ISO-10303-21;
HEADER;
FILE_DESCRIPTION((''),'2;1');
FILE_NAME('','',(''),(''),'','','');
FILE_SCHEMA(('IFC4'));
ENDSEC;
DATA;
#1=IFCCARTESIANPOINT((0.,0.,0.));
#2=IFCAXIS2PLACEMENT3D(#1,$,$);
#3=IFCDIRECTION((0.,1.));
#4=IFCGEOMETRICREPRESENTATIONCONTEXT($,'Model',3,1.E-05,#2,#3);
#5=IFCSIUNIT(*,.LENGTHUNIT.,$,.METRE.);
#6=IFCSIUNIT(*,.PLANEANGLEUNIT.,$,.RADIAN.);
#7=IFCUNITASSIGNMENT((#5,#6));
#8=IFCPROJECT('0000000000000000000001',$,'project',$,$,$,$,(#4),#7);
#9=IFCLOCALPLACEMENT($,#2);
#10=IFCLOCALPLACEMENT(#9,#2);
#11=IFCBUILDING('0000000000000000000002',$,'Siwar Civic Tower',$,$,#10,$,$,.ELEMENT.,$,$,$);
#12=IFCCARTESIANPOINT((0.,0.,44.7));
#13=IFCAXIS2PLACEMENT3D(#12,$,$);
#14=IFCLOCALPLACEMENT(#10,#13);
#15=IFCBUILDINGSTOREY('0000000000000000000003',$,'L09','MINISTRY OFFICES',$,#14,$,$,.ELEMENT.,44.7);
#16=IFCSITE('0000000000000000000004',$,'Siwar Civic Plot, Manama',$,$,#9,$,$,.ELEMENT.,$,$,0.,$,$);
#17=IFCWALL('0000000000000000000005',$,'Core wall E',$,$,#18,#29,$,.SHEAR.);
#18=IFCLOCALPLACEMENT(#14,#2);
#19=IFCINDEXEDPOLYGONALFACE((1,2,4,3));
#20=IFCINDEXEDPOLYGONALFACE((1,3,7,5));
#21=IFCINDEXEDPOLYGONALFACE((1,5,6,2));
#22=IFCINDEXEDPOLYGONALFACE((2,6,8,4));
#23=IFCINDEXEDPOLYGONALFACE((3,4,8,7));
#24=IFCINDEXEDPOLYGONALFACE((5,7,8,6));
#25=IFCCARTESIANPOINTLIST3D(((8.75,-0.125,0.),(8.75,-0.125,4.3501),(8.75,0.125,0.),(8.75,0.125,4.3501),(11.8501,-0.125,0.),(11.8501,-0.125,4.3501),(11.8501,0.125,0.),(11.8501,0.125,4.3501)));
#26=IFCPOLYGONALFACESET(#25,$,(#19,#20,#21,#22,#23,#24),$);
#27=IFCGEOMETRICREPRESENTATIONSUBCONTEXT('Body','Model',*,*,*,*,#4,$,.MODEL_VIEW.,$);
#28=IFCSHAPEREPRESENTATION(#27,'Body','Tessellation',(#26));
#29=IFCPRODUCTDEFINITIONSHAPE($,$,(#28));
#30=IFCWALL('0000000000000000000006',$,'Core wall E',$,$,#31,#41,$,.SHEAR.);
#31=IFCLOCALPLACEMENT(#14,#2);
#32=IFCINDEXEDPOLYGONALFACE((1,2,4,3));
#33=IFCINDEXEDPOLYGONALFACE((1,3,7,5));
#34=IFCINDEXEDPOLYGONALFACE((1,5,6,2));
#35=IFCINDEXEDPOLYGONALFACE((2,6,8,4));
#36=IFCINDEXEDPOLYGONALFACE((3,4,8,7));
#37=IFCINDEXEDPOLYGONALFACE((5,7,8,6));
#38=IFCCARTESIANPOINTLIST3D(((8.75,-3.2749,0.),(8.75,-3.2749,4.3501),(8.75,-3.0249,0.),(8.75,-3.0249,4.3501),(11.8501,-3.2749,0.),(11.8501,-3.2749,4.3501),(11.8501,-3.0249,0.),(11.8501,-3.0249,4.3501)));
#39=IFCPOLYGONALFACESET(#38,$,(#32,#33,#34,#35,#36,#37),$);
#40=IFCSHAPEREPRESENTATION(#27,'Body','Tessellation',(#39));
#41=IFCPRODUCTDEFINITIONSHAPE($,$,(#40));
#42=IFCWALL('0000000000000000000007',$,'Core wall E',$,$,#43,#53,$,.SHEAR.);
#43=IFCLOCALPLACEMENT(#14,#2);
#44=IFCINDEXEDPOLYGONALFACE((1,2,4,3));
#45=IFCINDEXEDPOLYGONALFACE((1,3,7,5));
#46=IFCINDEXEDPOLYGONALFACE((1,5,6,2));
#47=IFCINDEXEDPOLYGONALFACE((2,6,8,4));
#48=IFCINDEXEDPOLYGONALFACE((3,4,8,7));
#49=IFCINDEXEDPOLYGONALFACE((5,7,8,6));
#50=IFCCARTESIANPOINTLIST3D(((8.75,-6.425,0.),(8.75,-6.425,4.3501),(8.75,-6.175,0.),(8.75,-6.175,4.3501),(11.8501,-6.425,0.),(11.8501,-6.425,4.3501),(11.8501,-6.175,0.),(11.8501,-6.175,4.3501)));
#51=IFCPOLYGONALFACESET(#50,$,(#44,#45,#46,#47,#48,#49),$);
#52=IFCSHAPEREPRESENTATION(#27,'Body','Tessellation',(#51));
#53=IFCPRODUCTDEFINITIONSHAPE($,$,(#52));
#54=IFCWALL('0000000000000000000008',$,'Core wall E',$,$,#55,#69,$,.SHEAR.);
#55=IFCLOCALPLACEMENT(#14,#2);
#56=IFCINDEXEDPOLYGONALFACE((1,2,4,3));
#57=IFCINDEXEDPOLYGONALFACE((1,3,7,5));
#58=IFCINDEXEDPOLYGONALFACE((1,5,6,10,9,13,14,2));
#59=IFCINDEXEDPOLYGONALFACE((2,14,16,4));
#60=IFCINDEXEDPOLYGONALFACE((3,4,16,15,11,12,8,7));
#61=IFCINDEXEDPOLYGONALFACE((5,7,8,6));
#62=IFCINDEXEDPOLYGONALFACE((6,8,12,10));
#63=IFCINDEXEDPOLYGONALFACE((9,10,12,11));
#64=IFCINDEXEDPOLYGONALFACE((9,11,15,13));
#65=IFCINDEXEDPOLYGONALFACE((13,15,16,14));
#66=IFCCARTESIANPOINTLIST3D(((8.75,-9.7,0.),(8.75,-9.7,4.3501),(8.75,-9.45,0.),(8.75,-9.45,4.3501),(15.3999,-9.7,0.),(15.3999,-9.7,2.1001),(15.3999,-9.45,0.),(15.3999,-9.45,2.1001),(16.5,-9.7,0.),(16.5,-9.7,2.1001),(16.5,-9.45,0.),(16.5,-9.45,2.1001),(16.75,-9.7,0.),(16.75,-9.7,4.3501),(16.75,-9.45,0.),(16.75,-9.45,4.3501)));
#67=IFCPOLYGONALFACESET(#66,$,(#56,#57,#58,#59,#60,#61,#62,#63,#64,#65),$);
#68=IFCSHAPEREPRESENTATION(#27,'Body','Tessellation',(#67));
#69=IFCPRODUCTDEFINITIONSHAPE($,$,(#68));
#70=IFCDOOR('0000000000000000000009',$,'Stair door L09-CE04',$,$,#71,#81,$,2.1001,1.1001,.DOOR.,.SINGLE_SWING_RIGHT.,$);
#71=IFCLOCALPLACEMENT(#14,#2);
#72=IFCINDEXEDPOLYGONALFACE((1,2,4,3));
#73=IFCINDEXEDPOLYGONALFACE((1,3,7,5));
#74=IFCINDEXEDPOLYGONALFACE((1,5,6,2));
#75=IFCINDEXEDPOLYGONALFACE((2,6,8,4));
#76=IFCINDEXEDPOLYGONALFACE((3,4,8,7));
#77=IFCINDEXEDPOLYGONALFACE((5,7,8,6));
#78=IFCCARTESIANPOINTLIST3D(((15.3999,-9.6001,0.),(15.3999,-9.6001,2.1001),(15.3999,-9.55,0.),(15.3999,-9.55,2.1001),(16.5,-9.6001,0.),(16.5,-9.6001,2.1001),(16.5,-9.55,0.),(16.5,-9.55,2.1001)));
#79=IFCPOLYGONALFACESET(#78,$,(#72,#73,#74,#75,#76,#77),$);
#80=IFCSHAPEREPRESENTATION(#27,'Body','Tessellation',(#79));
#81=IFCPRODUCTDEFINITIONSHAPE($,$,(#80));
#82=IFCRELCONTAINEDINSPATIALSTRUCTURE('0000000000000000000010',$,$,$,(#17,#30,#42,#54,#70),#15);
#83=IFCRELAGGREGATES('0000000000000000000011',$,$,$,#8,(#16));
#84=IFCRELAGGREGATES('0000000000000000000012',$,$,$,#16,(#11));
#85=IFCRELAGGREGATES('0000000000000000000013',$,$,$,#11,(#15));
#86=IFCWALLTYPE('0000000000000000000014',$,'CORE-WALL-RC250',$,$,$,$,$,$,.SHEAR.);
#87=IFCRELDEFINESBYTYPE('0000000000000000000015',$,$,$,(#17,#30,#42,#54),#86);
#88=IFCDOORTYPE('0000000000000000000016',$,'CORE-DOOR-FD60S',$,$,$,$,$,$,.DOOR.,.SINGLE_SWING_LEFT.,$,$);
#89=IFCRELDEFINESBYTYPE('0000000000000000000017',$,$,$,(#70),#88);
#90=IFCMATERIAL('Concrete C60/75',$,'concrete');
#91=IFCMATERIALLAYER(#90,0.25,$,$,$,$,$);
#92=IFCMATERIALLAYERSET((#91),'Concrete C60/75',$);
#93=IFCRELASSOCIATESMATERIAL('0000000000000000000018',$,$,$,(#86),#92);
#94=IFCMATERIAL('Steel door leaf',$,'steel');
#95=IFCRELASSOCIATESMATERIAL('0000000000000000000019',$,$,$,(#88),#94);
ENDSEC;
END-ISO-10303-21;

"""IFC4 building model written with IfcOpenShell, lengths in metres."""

from ifc_helpers import new_model, si_unit, direction, frame, frame_2d, origin, place, context, subcontext, project, spatial, rectangle, extrude, material, layer, layer_set, type_object, element, fill, save


model = new_model("IFC4")

# Units and contexts
model_context = context("Model", 3, precision=1e-05, world=origin(), true_north=direction((0.0, 1.0)))
body_context = subcontext(model_context, "Body", "Model", "MODEL_VIEW")
ifc_project = project(units=[si_unit("LENGTHUNIT", "METRE"), si_unit("PLANEANGLEUNIT", "RADIAN")], contexts=[model_context])

# Site, building, storey
site_placement = place(None, origin())
site = spatial("IfcSite", under=ifc_project, at=site_placement, Name="Siwar Civic Plot, Manama", CompositionType="ELEMENT", RefElevation=0.0)
building_placement = place(site_placement, origin())
building = spatial("IfcBuilding", under=site, at=building_placement, Name="Siwar Civic Tower", CompositionType="ELEMENT")
storey_placement = place(building_placement, frame((0.0, 0.0, 44.7)))
storey = spatial("IfcBuildingStorey", under=building, at=storey_placement, Name="L09", Description="MINISTRY OFFICES", CompositionType="ELEMENT", Elevation=44.7)

# Shared definitions
ifc_material_1 = material(Name="Concrete C60/75", Category="concrete")
ifc_layer_1 = layer(ifc_material_1, 0.25)
ifc_layer_set_1 = layer_set([ifc_layer_1], Name="Concrete C60/75")
wall_type_1 = type_object("IfcWallType", Name="CORE-WALL-RC250", PredefinedType="SHEAR", material=ifc_layer_set_1)

# Walls
for number, where, z_axis, x_axis, name in (
    (1, (8.75, 0.0, 0.0), (0.0, 0.0, 1.0), (1.0, 0.0, 0.0), "Core wall E"),
    (2, (8.75, -3.1499, 0.0), (0.0, 0.0, 1.0), (1.0, 0.0, 0.0), "Core wall E"),
    (3, (8.75, -6.3, 0.0), (0.0, 0.0, 1.0), (1.0, 0.0, 0.0), "Core wall E"),
):
    element("IfcWall", number, at=place(storey_placement, frame(where, z_axis=z_axis, x_axis=x_axis)), inside=storey, type_object=wall_type_1, Name=name, PredefinedType="SHEAR", context=body_context, shape_type="SweptSolid", body=[
        extrude(rectangle(XDim=3.1001, YDim=0.25, at=frame_2d((1.55, 0.0))), origin(), (0.0, 0.0, 1.0), 4.3501),
    ])

# Wall, opening, door
wall_1_placement = place(storey_placement, frame((8.75, -9.575, 0.0), z_axis=(0.0, 0.0, 1.0), x_axis=(1.0, 0.0, 0.0)))
wall_1 = element("IfcWall", 4, at=wall_1_placement, inside=storey, type_object=wall_type_1, Name="Core wall E", PredefinedType="SHEAR", context=body_context, shape_type="SweptSolid", body=[
    extrude(rectangle(XDim=8.0, YDim=0.25, at=frame_2d((4.0, 0.0))), origin(), (0.0, 0.0, 1.0), 4.3501),
])
opening_1_placement = place(wall_1_placement, frame((6.6499, 0.0, 0.0)))
opening_1 = element("IfcOpeningElement", 5, at=opening_1_placement, cuts=wall_1, PredefinedType="OPENING", context=body_context, shape_type="SweptSolid", body=[
    extrude(rectangle(XDim=1.1001, YDim=2.1001, at=frame_2d((0.55, 1.05))), frame((0.0, 0.135, 0.0), z_axis=(0.0, -1.0, 0.0), x_axis=(1.0, 0.0, 0.0)), (0.0, 0.0, 1.0), 0.27),
])
ifc_material_2 = material(Name="Steel door leaf", Category="steel")
door_type_1 = type_object("IfcDoorType", Name="CORE-DOOR-FD60S", OperationType="SINGLE_SWING_LEFT", PredefinedType="DOOR", material=ifc_material_2)
door_1_placement = place(opening_1_placement, origin())
door_1 = element("IfcDoor", 6, at=door_1_placement, inside=storey, type_object=door_type_1, Name="Stair door L09-CE04", OperationType="SINGLE_SWING_RIGHT", OverallHeight=2.1001, OverallWidth=1.1001, PredefinedType="DOOR", context=body_context, shape_type="SweptSolid", body=[
    extrude(rectangle(XDim=1.1001, YDim=2.1001, at=frame_2d((0.55, 1.05))), frame((0.0, 0.0249, 0.0), z_axis=(0.0, -1.0, 0.0), x_axis=(1.0, 0.0, 0.0)), (0.0, 0.0, 1.0), 0.05),
])
fill(opening_1, door_1)

save(model, "model.ifc")
